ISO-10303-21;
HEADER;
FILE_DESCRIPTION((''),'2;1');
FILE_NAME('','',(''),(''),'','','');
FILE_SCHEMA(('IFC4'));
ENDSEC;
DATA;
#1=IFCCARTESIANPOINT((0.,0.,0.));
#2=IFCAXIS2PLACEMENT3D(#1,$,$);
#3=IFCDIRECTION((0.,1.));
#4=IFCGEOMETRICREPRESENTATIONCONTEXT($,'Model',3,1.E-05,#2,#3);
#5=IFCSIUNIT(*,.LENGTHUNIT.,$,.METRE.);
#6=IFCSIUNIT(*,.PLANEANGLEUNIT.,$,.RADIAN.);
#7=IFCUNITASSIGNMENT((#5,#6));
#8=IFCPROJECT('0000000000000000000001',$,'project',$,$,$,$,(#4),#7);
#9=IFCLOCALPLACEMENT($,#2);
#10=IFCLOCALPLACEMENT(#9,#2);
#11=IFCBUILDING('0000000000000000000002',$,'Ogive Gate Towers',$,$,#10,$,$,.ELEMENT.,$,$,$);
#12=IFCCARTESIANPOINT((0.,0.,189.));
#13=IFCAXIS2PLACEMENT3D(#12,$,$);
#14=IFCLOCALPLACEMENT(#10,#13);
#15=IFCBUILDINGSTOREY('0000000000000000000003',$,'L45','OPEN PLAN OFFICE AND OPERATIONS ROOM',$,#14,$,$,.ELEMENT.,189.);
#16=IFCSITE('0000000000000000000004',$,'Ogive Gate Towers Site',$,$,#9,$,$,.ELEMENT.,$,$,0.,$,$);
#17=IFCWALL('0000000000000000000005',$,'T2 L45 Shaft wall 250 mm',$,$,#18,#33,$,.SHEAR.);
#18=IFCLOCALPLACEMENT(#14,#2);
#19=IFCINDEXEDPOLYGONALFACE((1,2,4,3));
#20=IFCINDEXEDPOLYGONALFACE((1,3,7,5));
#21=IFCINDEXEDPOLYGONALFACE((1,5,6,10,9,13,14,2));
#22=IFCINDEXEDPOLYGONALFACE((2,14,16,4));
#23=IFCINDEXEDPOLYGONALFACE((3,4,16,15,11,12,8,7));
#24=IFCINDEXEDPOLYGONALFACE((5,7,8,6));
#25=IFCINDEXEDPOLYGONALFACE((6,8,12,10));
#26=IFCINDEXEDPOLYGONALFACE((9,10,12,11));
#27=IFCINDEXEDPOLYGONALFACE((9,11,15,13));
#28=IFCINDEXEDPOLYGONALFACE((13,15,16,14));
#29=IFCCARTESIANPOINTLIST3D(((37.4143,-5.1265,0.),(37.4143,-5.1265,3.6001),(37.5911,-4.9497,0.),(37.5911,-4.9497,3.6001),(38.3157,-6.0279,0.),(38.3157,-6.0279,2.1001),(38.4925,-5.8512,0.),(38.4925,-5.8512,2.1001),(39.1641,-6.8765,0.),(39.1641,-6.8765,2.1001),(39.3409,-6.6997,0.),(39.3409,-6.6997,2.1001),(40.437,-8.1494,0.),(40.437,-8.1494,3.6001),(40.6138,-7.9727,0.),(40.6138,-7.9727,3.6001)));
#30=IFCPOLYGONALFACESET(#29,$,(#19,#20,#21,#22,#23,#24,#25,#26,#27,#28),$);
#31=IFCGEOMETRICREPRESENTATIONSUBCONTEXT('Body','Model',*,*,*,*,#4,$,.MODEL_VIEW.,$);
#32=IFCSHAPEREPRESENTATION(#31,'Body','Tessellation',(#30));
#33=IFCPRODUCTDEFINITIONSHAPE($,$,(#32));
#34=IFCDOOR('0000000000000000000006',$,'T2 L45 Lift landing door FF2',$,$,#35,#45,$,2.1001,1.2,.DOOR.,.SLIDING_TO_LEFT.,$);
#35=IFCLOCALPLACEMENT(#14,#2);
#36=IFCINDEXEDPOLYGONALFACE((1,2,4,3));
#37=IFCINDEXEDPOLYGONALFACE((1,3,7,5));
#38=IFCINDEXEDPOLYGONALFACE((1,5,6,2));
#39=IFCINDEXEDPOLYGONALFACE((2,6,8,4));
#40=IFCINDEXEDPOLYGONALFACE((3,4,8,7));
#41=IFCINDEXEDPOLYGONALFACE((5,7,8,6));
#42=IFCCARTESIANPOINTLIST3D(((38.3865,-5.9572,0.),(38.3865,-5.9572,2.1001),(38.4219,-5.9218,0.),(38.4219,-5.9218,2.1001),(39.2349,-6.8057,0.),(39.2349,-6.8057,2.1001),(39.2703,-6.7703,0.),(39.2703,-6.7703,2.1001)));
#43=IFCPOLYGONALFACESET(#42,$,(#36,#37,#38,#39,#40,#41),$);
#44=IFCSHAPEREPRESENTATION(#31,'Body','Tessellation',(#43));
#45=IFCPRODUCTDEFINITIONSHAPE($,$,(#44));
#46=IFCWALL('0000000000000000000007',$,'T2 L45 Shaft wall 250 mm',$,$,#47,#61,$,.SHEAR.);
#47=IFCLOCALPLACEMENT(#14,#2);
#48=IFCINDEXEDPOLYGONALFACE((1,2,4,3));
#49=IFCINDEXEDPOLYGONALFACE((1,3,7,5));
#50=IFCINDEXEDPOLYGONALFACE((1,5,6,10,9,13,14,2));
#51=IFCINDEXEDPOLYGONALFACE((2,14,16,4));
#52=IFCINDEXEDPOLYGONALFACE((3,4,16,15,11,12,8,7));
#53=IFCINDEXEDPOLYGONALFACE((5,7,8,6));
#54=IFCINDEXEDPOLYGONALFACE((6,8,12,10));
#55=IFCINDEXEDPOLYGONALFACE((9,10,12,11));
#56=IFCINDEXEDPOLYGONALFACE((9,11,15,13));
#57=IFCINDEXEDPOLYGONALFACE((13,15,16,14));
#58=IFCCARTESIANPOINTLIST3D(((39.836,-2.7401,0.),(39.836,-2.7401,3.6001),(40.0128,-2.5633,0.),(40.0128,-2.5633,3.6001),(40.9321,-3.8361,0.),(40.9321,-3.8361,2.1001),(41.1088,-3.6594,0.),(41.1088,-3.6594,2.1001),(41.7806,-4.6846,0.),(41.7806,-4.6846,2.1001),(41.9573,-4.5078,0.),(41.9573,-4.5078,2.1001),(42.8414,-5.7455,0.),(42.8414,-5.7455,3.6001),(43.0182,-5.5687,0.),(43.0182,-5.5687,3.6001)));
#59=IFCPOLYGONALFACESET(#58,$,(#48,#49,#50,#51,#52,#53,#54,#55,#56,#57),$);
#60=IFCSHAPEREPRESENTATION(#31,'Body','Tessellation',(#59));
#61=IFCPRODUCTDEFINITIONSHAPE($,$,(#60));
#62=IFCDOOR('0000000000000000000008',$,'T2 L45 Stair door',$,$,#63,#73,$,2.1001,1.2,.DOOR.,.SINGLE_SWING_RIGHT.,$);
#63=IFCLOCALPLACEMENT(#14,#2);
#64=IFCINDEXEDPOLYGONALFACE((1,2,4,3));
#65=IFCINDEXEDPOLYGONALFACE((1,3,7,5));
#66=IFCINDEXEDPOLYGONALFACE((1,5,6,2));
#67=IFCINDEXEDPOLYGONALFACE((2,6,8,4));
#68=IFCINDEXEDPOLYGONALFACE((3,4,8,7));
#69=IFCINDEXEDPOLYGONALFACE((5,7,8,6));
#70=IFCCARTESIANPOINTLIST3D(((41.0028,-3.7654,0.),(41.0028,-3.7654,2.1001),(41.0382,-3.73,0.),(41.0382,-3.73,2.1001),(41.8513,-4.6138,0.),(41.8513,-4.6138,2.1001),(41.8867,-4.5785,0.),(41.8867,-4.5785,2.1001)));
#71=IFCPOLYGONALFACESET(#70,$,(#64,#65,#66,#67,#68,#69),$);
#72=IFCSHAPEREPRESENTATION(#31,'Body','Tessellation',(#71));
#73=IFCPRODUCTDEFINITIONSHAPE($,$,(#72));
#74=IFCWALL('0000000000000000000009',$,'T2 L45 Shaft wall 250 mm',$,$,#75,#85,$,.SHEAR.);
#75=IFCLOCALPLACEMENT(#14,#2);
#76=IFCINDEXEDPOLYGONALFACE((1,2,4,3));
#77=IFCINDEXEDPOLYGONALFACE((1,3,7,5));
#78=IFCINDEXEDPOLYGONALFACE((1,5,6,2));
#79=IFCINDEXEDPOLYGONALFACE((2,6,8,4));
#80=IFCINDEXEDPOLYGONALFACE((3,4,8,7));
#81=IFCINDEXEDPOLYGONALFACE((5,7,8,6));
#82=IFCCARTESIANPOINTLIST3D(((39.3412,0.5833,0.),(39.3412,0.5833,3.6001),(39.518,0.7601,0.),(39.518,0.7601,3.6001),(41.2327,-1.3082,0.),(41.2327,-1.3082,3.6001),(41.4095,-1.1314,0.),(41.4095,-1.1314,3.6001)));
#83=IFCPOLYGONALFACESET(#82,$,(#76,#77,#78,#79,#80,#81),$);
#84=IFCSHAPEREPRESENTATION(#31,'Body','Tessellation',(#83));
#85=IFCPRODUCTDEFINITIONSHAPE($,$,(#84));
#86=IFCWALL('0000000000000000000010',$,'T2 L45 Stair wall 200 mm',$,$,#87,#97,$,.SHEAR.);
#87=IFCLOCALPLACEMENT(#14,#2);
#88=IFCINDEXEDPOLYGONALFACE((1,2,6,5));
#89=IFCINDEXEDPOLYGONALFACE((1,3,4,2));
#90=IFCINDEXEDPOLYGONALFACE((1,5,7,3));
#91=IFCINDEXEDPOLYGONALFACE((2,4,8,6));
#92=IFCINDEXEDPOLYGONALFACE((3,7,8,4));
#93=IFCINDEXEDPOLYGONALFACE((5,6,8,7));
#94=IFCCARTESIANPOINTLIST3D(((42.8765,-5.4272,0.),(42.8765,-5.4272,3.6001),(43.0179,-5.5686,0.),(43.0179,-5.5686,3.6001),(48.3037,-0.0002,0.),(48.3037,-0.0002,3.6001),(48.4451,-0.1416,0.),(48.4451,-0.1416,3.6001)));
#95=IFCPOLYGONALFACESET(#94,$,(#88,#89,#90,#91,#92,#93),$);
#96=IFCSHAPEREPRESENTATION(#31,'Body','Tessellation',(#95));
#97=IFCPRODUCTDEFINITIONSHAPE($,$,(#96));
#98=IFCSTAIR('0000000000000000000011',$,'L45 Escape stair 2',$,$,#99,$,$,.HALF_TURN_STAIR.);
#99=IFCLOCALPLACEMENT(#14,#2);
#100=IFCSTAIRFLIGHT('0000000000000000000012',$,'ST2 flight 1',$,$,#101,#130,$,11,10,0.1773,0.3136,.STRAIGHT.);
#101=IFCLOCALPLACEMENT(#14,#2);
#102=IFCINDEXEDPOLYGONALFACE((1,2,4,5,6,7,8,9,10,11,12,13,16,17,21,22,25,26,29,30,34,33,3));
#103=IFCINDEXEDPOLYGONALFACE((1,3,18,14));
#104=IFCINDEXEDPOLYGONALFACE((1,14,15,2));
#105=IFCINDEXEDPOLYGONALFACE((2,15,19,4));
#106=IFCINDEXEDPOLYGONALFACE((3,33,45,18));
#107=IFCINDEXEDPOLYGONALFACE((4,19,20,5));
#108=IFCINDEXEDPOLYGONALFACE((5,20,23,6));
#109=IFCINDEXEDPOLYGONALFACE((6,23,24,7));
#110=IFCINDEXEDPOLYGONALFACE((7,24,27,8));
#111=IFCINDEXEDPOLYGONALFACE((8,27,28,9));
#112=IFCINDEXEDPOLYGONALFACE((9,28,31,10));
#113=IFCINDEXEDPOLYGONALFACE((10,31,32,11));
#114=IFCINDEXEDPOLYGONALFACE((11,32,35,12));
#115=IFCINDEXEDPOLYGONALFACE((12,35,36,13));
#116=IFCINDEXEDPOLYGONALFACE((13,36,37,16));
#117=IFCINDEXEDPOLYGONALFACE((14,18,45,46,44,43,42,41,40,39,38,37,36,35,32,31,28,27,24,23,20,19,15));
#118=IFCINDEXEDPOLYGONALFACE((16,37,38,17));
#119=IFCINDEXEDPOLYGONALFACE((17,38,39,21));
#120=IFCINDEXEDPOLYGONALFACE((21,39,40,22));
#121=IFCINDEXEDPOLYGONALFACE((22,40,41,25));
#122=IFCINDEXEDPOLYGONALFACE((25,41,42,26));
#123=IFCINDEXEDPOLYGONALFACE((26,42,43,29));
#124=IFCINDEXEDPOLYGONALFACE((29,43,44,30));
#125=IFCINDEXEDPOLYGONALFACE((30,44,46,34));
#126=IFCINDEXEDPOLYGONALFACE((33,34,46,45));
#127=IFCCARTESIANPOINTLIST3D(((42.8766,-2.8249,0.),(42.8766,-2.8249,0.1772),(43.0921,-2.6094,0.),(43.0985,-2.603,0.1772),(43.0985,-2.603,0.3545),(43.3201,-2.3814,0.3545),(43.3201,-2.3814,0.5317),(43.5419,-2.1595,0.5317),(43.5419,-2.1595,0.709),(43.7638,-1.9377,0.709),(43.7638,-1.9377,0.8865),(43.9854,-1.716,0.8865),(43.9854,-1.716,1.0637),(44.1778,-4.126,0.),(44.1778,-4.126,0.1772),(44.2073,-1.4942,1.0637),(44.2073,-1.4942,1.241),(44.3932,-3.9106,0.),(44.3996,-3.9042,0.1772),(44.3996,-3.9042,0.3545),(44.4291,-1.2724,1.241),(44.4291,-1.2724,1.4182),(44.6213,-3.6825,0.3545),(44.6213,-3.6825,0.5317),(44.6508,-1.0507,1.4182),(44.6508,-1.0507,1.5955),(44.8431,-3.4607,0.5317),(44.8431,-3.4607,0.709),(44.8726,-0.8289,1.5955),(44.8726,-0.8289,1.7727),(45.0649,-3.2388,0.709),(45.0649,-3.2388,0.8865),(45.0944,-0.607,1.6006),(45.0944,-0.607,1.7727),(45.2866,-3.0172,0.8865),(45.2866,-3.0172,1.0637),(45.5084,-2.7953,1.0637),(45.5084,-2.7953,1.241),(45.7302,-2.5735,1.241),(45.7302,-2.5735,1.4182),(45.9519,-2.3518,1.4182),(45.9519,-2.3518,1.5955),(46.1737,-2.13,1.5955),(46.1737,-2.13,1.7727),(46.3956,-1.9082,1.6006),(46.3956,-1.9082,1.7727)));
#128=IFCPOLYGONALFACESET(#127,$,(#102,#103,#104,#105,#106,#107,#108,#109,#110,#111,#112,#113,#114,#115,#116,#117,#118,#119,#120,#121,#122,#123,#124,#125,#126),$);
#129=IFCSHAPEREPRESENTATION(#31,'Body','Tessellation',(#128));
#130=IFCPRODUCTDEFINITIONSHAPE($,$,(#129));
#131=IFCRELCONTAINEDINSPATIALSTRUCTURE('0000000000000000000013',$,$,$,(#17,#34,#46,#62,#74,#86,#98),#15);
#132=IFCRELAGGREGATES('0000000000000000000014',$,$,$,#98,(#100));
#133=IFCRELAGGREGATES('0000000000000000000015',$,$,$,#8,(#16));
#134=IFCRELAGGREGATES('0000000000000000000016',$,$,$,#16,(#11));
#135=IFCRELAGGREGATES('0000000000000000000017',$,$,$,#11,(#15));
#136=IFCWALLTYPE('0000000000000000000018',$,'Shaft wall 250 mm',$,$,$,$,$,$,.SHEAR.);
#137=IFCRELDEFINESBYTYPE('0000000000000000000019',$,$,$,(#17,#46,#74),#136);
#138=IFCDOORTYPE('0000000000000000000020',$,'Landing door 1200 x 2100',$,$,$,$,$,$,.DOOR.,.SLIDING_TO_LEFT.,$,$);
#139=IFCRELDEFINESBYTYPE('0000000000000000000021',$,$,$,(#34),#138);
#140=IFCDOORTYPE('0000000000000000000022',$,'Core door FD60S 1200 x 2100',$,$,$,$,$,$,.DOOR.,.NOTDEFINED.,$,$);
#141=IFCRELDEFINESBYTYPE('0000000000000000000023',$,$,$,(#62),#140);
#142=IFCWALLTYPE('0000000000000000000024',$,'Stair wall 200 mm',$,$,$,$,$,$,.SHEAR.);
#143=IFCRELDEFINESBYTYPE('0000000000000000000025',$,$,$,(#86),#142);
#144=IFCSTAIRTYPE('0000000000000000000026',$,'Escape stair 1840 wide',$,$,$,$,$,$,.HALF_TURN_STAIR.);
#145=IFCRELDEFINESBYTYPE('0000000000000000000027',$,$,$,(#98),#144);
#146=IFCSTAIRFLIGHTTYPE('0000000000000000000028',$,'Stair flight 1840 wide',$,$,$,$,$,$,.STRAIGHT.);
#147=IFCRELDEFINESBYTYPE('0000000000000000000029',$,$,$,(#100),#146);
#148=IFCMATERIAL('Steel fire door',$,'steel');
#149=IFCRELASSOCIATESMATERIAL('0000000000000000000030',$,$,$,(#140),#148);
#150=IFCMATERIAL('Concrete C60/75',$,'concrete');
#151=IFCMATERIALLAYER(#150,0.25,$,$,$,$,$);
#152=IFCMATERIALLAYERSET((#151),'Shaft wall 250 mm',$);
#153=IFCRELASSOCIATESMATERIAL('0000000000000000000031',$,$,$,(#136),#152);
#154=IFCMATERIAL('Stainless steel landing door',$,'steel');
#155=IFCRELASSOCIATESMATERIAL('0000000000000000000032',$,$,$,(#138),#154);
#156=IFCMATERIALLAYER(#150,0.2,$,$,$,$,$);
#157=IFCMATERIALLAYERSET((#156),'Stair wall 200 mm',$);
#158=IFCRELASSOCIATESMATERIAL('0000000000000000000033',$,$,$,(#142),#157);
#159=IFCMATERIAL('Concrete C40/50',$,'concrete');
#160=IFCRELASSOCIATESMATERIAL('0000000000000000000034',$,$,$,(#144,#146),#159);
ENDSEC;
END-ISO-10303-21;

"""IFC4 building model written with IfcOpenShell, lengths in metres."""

from ifc_helpers import new_model, si_unit, direction, frame, frame_2d, origin, place, context, subcontext, project, spatial, polyline, rectangle, outline, extrude, material, layer, layer_set, type_object, element, fill, aggregate, save


model = new_model("IFC4")

# Units and contexts
model_context = context("Model", 3, precision=1e-05, world=origin(), true_north=direction((0.0, 1.0)))
body_context = subcontext(model_context, "Body", "Model", "MODEL_VIEW")
ifc_project = project(units=[si_unit("LENGTHUNIT", "METRE"), si_unit("PLANEANGLEUNIT", "RADIAN")], contexts=[model_context])

# Site, building, storey
site_placement = place(None, origin())
site = spatial("IfcSite", under=ifc_project, at=site_placement, Name="Ogive Gate Towers Site", CompositionType="ELEMENT", RefElevation=0.0)
building_placement = place(site_placement, origin())
building = spatial("IfcBuilding", under=site, at=building_placement, Name="Ogive Gate Towers", CompositionType="ELEMENT")
storey_placement = place(building_placement, frame((0.0, 0.0, 189.0)))
storey = spatial("IfcBuildingStorey", under=building, at=storey_placement, Name="L45", Description="OPEN PLAN OFFICE AND OPERATIONS ROOM", CompositionType="ELEMENT", Elevation=189.0)

# Shared definitions
ifc_material_1 = material(Name="Concrete C60/75", Category="concrete")
ifc_material_2 = material(Name="Steel fire door", Category="steel")
door_type_1 = type_object("IfcDoorType", Name="Core door FD60S 1200 x 2100", OperationType="NOTDEFINED", PredefinedType="DOOR", material=ifc_material_2)

# Shared definitions
ifc_layer_1 = layer(ifc_material_1, 0.25)
ifc_layer_set_1 = layer_set([ifc_layer_1], Name="Shaft wall 250 mm")
wall_type_1 = type_object("IfcWallType", Name="Shaft wall 250 mm", PredefinedType="SHEAR", material=ifc_layer_set_1)

# Walls, openings, doors
wall_1_placement = place(storey_placement, frame((40.5254, -8.061, 0.0), z_axis=(0.0, 0.0, 1.0), x_axis=(-0.707078, 0.707135, 0.0)))
wall_1 = element("IfcWall", 1, at=wall_1_placement, inside=storey, type_object=wall_type_1, Name="T2 L45 Shaft wall 250 mm", PredefinedType="SHEAR", context=body_context, shape_type="SweptSolid", body=[
    extrude(rectangle(XDim=4.2749, YDim=0.25, at=frame_2d((2.1375, 0.0))), origin(), (0.0, 0.0, 1.0), 3.6001),
])
opening_1_placement = place(wall_1_placement, frame((1.8, 0.0, 0.0)))
opening_1 = element("IfcOpeningElement", 2, at=opening_1_placement, cuts=wall_1, PredefinedType="OPENING", context=body_context, shape_type="SweptSolid", body=[
    extrude(rectangle(XDim=1.2, YDim=2.1001, at=frame_2d((0.6001, 1.05))), frame((0.0, 0.135, 0.0), z_axis=(0.0, -1.0, 0.0), x_axis=(1.0, 0.0, 0.0)), (0.0, 0.0, 1.0), 0.27),
])
ifc_material_3 = material(Name="Stainless steel landing door", Category="steel")
door_type_2 = type_object("IfcDoorType", Name="Landing door 1200 x 2100", OperationType="SLIDING_TO_LEFT", PredefinedType="DOOR", material=ifc_material_3)
door_1_placement = place(opening_1_placement, origin())
door_1 = element("IfcDoor", 3, at=door_1_placement, inside=storey, type_object=door_type_2, Name="T2 L45 Lift landing door FF2", OperationType="SLIDING_TO_LEFT", OverallHeight=2.1001, OverallWidth=1.2, PredefinedType="DOOR", context=body_context, shape_type="SweptSolid", body=[
    extrude(rectangle(XDim=1.2, YDim=2.1001, at=frame_2d((0.6001, 1.05))), frame((0.0, 0.0249, 0.0), z_axis=(0.0, -1.0, 0.0), x_axis=(1.0, 0.0, 0.0)), (0.0, 0.0, 1.0), 0.05),
])
fill(opening_1, door_1)
wall_2_placement = place(storey_placement, frame((42.9297, -5.657, 0.0), z_axis=(0.0, 0.0, 1.0), x_axis=(-0.707107, 0.707107, 0.0)))
wall_2 = element("IfcWall", 4, at=wall_2_placement, inside=storey, type_object=wall_type_1, Name="T2 L45 Shaft wall 250 mm", PredefinedType="SHEAR", context=body_context, shape_type="SweptSolid", body=[
    extrude(rectangle(XDim=4.2502, YDim=0.25, at=frame_2d((2.125, 0.0))), origin(), (0.0, 0.0, 1.0), 3.6001),
])
opening_2_placement = place(wall_2_placement, frame((1.5, 0.0, 0.0)))
opening_2 = element("IfcOpeningElement", 5, at=opening_2_placement, cuts=wall_2, PredefinedType="OPENING", context=body_context, shape_type="SweptSolid", body=[
    extrude(rectangle(XDim=1.2, YDim=2.1001, at=frame_2d((0.6001, 1.05))), frame((0.0, 0.135, 0.0), z_axis=(0.0, -1.0, 0.0), x_axis=(1.0, 0.0, 0.0)), (0.0, 0.0, 1.0), 0.27),
])
door_2_placement = place(opening_2_placement, origin())
door_2 = element("IfcDoor", 6, at=door_2_placement, inside=storey, type_object=door_type_1, Name="T2 L45 Stair door", OperationType="SINGLE_SWING_RIGHT", OverallHeight=2.1001, OverallWidth=1.2, PredefinedType="DOOR", context=body_context, shape_type="SweptSolid", body=[
    extrude(rectangle(XDim=1.2, YDim=2.1001, at=frame_2d((0.6001, 1.05))), frame((0.0, 0.0249, 0.0), z_axis=(0.0, -1.0, 0.0), x_axis=(1.0, 0.0, 0.0)), (0.0, 0.0, 1.0), 0.05),
])
fill(opening_2, door_2)

# Walls
wall_3_placement = place(storey_placement, frame((41.321, -1.2197, 0.0), z_axis=(0.0, 0.0, 1.0), x_axis=(-0.707107, 0.707107, 0.0)))
element("IfcWall", 7, at=wall_3_placement, inside=storey, type_object=wall_type_1, Name="T2 L45 Shaft wall 250 mm", PredefinedType="SHEAR", context=body_context, shape_type="SweptSolid", body=[
    extrude(rectangle(XDim=2.675, YDim=0.25, at=frame_2d((1.3374, 0.0))), origin(), (0.0, 0.0, 1.0), 3.6001),
])
ifc_layer_2 = layer(ifc_material_1, 0.2)
ifc_layer_set_2 = layer_set([ifc_layer_2], Name="Stair wall 200 mm")
wall_type_2 = type_object("IfcWallType", Name="Stair wall 200 mm", PredefinedType="SHEAR", material=ifc_layer_set_2)
wall_4_placement = place(storey_placement, frame((42.9473, -5.4978, 0.0), z_axis=(0.0, 0.0, 1.0), x_axis=(0.707123, 0.707091, 0.0)))
element("IfcWall", 8, at=wall_4_placement, inside=storey, type_object=wall_type_2, Name="T2 L45 Stair wall 200 mm", PredefinedType="SHEAR", context=body_context, shape_type="SweptSolid", body=[
    extrude(rectangle(XDim=7.675, YDim=0.2, at=frame_2d((3.8374, 0.0))), origin(), (0.0, 0.0, 1.0), 3.6001),
])

# Stair, stair flight
ifc_material_4 = material(Name="Concrete C40/50", Category="concrete")
stair_type = type_object("IfcStairType", Name="Escape stair 1840 wide", PredefinedType="HALF_TURN_STAIR", material=ifc_material_4)
stair_placement = place(storey_placement, origin())
stair = element("IfcStair", 9, at=stair_placement, inside=storey, type_object=stair_type, Name="L45 Escape stair 2", PredefinedType="HALF_TURN_STAIR")
stair_flight_type = type_object("IfcStairFlightType", Name="Stair flight 1840 wide", PredefinedType="STRAIGHT", material=ifc_material_4)
stair_flight_placement = place(storey_placement, frame((43.5271, -3.4753, 0.0), z_axis=(0.0, 0.0, 1.0), x_axis=(0.707107, 0.707107, 0.0)))
stair_flight = element("IfcStairFlight", 10, at=stair_flight_placement, type_object=stair_flight_type, Name="ST2 flight 1", NumberOfRisers=11, NumberOfTreads=10, PredefinedType="STRAIGHT", RiserHeight=0.1773, TreadLength=0.3136, context=body_context, shape_type="SweptSolid", body=[
    extrude(outline(polyline([(0.0, 0.0), (0.0, 0.1772), (0.3137, 0.1772), (0.3137, 0.3545), (0.6272, 0.3545), (0.6272, 0.5317), (0.9409, 0.5317), (0.9409, 0.709), (1.2546, 0.709), (1.2546, 0.8865), (1.5681, 0.8865), (1.5681, 1.0637), (1.8818, 1.0637), (1.8818, 1.241), (2.1956, 1.241), (2.1956, 1.4182), (2.509, 1.4182), (2.509, 1.5955), (2.8228, 1.5955), (2.8228, 1.7727), (3.1365, 1.7727), (3.1365, 1.95), (3.1365, 1.6006), (0.3047, 0.0), (0.0, 0.0)])), frame((0.0, 0.9199, 0.0), z_axis=(0.0, -1.0, 0.0), x_axis=(1.0, 0.0, 0.0)), (0.0, 0.0, 1.0), 1.8401),
])
aggregate(stair, [stair_flight])

save(model, "model.ifc")
